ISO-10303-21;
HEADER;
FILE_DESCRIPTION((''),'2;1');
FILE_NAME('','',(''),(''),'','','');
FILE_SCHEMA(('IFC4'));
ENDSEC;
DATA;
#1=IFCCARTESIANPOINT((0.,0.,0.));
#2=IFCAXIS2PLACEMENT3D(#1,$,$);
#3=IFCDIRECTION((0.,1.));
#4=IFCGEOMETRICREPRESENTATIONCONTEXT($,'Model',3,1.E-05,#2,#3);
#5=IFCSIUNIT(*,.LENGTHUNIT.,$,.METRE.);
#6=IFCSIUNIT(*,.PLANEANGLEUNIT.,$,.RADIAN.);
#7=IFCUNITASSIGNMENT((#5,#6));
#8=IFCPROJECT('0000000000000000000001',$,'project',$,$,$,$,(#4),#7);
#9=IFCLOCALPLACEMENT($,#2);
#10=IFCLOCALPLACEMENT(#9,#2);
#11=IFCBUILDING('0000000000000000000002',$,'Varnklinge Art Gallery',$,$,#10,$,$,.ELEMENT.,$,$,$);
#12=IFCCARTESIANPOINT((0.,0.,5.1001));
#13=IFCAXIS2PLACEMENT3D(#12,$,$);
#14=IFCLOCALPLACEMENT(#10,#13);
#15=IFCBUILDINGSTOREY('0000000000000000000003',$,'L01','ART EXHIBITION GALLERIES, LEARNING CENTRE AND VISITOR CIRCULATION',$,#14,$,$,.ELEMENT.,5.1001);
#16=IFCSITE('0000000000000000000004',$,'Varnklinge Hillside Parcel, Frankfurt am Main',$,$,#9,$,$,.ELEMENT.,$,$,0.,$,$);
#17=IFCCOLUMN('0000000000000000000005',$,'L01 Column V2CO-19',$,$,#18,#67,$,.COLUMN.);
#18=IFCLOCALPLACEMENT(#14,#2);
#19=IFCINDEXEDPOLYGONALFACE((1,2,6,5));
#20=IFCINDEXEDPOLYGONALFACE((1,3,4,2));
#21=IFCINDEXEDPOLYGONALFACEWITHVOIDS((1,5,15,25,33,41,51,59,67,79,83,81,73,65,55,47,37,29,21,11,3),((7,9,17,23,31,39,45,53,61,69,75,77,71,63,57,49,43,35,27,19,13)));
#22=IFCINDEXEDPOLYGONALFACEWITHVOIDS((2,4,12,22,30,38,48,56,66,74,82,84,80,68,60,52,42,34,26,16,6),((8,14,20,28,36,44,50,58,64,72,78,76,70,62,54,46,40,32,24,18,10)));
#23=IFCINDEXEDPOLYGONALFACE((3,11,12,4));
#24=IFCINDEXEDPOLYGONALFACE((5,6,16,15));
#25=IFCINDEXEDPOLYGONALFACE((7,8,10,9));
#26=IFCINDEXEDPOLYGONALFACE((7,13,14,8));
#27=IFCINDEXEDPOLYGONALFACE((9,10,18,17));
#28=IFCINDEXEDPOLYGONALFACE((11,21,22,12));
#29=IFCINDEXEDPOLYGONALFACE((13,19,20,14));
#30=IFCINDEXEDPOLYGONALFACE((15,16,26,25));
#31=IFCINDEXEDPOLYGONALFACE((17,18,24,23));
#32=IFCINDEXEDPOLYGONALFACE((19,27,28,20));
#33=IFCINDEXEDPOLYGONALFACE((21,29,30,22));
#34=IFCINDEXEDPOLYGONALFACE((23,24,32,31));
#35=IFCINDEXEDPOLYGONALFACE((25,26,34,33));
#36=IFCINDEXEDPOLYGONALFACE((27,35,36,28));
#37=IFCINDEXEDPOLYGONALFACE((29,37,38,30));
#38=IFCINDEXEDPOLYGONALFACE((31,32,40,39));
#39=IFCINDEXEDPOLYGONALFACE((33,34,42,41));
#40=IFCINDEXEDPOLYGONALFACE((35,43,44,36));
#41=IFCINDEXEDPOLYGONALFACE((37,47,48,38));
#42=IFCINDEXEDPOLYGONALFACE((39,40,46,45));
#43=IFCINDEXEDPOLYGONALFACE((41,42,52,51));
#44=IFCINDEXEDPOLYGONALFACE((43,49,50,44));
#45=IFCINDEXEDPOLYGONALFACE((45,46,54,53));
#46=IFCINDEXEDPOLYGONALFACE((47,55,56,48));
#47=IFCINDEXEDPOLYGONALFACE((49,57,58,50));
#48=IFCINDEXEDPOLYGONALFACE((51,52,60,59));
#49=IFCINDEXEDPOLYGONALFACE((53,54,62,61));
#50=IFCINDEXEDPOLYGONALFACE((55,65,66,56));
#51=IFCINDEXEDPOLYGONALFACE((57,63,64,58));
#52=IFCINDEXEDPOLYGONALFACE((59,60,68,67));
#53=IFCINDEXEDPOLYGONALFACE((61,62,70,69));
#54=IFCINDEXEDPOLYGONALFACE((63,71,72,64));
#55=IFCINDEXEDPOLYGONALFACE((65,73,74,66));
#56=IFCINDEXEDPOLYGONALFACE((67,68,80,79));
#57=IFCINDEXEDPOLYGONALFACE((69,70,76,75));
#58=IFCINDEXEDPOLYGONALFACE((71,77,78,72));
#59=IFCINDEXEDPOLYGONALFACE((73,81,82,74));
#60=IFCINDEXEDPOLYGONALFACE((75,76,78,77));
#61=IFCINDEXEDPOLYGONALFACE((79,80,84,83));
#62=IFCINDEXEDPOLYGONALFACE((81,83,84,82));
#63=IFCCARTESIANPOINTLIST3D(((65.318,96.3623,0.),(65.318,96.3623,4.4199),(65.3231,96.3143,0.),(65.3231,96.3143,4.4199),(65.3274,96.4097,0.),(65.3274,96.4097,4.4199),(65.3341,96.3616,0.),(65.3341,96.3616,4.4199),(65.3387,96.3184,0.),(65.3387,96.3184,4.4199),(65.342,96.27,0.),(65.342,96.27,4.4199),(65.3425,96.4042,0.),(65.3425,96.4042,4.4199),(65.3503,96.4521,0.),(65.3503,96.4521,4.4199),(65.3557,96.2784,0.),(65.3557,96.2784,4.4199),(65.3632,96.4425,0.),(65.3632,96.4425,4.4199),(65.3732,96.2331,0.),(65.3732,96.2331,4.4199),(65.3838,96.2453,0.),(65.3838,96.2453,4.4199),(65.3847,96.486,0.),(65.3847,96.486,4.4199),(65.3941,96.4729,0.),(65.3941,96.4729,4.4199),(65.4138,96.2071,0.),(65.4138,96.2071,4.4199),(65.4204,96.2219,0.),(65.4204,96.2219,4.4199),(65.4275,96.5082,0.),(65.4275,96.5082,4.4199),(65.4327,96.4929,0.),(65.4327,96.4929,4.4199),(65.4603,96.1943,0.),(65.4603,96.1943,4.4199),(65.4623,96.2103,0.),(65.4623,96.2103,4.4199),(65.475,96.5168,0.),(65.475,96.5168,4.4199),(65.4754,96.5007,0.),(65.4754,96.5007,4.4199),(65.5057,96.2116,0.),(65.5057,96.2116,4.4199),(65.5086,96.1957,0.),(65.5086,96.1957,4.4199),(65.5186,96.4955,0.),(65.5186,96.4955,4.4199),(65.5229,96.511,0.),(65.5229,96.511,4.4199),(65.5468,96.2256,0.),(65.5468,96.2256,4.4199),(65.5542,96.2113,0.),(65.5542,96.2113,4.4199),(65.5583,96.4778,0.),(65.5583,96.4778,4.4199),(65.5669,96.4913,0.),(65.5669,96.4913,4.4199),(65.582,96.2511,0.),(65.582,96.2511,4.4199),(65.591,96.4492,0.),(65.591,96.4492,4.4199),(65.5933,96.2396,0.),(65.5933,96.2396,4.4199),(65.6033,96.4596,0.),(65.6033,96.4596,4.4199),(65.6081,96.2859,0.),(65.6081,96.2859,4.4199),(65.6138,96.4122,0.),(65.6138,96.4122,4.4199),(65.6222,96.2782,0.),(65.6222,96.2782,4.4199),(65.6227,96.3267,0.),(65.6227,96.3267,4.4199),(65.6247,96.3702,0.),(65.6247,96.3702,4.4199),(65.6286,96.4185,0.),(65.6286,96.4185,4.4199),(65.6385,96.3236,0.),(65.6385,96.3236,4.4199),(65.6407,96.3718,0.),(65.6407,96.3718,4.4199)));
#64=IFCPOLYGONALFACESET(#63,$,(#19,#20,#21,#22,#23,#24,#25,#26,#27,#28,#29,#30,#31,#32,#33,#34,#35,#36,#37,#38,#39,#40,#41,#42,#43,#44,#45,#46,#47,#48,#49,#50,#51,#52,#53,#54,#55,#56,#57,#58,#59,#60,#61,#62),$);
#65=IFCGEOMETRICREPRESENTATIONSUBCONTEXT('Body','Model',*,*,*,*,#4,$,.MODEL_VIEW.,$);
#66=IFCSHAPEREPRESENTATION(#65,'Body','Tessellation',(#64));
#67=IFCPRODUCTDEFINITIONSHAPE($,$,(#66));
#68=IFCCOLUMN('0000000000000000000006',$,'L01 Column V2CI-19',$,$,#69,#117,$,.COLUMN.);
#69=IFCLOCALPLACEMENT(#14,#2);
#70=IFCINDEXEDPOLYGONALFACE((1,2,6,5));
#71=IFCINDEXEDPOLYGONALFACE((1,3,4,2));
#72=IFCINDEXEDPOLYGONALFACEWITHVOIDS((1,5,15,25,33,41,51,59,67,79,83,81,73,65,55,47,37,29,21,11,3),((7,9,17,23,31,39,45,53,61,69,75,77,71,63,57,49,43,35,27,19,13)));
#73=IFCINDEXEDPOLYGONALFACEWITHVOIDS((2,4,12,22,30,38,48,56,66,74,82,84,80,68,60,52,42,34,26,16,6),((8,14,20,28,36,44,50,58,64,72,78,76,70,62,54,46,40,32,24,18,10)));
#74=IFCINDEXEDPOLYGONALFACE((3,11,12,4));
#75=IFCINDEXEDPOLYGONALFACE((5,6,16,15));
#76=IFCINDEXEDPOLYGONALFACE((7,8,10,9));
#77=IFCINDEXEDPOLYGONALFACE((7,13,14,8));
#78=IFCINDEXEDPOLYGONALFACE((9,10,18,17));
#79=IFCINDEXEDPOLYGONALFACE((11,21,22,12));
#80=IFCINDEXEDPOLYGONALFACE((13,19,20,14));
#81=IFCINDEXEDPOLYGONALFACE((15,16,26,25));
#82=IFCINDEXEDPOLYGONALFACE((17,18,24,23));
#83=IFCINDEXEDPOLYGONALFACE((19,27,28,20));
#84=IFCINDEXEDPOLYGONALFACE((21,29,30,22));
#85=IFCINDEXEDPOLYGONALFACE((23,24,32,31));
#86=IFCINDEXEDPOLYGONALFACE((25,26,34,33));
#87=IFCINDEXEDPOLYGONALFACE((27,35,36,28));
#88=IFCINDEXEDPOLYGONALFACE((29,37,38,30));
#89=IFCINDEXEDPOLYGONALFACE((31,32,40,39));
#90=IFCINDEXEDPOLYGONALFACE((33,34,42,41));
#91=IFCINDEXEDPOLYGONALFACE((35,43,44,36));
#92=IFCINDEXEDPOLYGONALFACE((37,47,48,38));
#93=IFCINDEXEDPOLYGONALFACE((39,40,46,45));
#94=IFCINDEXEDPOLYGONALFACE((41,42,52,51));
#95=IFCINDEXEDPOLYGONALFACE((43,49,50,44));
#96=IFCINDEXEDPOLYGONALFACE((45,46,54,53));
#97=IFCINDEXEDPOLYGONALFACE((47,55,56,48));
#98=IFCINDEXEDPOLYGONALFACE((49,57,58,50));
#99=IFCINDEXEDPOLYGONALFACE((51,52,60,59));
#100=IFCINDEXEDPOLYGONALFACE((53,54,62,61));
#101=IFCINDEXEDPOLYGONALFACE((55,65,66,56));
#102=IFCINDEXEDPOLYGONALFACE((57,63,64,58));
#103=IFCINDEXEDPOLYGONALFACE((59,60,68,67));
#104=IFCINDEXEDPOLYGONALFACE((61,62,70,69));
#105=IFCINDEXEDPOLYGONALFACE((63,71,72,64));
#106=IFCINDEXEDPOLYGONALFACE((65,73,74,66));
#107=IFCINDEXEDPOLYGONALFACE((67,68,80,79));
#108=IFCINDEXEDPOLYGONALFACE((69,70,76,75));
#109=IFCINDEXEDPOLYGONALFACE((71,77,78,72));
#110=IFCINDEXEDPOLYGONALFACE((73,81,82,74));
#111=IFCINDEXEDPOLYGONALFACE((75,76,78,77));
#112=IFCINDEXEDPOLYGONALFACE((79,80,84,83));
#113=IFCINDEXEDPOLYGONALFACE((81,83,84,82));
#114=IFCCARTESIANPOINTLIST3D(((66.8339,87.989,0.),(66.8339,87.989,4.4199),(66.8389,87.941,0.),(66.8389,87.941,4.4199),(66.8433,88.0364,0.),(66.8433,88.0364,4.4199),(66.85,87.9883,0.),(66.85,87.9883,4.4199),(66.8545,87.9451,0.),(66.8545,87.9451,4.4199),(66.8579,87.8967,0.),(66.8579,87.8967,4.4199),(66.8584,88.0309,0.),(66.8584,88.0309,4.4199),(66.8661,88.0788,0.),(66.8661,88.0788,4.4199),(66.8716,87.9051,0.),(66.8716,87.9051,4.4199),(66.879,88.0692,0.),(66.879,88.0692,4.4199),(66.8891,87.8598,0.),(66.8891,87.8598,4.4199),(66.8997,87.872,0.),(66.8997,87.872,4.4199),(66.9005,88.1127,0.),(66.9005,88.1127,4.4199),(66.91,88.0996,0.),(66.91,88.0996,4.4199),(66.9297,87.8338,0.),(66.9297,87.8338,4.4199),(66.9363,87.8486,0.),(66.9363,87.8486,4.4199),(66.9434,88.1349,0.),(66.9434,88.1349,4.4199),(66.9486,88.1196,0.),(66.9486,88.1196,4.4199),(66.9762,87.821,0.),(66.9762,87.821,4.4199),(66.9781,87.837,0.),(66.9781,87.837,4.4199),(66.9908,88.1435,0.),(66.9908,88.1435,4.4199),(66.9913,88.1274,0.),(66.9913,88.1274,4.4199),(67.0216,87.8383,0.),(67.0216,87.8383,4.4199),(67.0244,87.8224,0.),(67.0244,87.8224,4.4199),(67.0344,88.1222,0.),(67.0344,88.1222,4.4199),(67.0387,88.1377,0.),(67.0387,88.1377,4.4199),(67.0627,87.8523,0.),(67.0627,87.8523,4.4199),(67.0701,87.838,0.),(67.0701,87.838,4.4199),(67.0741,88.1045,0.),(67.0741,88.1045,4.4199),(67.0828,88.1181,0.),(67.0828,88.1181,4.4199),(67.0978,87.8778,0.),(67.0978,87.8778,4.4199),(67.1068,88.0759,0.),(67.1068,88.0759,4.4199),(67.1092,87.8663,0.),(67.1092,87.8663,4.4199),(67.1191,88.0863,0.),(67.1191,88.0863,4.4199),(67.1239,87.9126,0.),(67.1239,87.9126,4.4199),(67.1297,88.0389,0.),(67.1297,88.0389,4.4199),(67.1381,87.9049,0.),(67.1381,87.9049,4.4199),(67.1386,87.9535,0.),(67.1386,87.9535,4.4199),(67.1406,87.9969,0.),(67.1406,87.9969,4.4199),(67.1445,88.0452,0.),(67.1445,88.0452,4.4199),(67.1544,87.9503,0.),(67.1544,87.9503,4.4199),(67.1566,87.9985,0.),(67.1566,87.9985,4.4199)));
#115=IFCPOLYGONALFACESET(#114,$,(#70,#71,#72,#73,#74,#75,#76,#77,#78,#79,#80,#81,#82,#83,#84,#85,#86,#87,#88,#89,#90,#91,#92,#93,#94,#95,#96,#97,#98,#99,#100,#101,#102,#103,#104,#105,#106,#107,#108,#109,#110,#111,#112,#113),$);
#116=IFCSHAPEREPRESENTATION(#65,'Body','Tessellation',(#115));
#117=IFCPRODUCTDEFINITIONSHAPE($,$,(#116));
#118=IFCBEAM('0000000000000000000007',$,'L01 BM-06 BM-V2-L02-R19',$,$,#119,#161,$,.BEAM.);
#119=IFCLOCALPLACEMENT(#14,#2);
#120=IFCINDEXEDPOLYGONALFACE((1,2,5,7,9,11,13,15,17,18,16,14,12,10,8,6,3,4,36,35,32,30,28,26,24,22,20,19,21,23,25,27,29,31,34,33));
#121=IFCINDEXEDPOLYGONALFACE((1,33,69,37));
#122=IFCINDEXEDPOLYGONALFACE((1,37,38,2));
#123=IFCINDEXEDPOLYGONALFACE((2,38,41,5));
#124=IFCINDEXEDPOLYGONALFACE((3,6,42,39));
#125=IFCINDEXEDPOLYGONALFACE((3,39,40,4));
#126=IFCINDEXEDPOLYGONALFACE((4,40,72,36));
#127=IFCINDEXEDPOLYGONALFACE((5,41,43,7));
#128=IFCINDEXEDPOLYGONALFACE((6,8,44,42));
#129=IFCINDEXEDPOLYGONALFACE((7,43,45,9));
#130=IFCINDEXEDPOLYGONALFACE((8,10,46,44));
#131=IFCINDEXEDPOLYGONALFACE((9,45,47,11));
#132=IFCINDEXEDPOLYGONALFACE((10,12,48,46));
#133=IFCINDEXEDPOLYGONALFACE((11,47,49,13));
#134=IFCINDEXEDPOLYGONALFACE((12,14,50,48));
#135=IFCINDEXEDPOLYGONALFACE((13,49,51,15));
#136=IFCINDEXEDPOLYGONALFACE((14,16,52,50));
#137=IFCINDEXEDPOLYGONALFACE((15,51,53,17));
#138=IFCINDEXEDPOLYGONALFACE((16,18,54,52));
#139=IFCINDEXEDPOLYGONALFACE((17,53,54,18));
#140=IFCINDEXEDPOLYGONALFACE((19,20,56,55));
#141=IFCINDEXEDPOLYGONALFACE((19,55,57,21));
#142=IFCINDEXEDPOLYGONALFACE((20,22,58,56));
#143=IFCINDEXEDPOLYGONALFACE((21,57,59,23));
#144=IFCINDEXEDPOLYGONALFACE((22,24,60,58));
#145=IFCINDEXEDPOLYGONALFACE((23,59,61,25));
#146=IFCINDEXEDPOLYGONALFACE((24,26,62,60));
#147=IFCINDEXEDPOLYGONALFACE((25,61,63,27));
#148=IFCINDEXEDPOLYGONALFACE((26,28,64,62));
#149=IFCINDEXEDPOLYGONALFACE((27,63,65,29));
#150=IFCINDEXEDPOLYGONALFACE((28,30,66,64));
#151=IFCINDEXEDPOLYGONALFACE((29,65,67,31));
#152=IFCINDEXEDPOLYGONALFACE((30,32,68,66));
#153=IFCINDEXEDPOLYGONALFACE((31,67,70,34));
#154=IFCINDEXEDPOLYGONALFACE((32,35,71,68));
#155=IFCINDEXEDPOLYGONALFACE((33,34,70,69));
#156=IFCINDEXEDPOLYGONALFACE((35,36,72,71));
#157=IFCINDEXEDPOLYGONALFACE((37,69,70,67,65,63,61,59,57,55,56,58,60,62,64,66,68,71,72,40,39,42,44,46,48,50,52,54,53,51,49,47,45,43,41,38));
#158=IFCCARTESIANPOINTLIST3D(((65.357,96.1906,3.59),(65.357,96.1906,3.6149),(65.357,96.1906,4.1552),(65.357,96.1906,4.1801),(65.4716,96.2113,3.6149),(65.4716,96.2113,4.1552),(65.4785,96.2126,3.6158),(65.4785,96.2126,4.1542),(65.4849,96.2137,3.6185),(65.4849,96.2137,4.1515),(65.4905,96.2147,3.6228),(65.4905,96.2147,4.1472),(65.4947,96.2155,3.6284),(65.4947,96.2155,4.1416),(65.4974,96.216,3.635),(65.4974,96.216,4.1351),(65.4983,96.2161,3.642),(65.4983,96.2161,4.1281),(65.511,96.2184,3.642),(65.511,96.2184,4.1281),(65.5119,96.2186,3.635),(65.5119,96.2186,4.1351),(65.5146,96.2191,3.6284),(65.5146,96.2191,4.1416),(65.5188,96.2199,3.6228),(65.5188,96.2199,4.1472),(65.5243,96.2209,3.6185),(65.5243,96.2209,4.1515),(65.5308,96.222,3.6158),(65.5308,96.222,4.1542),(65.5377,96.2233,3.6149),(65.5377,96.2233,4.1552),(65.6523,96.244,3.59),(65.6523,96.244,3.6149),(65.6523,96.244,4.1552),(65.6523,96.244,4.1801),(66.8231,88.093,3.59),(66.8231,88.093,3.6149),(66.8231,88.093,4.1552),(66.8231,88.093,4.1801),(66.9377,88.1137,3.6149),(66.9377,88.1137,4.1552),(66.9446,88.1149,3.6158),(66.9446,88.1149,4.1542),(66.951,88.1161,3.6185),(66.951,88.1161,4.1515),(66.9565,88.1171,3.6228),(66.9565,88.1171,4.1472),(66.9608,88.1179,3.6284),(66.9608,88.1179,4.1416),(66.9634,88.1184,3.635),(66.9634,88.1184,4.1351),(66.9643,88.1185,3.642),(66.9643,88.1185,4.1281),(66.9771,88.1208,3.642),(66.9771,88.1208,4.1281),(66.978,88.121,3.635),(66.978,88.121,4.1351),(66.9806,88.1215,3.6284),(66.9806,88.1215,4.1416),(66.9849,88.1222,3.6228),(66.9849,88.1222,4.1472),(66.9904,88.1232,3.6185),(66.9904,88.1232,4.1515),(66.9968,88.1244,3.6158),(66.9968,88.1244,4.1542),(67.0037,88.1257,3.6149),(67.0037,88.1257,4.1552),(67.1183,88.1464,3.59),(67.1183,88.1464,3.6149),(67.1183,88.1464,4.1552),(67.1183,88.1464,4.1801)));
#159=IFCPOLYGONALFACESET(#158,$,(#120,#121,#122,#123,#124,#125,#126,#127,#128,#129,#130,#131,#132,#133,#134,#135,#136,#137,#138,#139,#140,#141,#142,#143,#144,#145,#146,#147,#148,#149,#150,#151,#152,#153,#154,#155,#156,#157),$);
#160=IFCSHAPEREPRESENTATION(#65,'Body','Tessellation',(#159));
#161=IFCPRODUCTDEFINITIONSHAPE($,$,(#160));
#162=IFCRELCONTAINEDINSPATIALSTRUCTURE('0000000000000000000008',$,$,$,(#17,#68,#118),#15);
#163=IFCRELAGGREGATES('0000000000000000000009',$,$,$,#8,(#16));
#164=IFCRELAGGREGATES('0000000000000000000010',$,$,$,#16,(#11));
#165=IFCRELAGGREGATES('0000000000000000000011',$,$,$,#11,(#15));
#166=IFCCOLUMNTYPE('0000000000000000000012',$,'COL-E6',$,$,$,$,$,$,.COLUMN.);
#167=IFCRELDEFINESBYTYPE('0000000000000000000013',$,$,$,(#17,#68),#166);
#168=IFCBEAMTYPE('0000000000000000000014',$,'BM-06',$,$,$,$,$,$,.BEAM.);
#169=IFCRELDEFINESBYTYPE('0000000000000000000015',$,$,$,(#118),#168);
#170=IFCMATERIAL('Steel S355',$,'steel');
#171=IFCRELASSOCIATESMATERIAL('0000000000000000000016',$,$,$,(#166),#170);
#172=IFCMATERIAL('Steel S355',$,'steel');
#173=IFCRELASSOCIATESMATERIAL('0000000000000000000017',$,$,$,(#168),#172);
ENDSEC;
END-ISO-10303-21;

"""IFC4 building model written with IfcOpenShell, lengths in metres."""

from ifc_helpers import new_model, si_unit, direction, frame, origin, origin_2d, place, context, subcontext, project, spatial, hollow_circle, i_section, extrude, material, material_profile, profile_set, type_object, element, save


model = new_model("IFC4")

# Units and contexts
model_context = context("Model", 3, precision=1e-05, world=origin(), true_north=direction((0.0, 1.0)))
body_context = subcontext(model_context, "Body", "Model", "MODEL_VIEW")
ifc_project = project(units=[si_unit("LENGTHUNIT", "METRE"), si_unit("PLANEANGLEUNIT", "RADIAN")], contexts=[model_context])

# Site, building, storey
site_placement = place(None, origin())
site = spatial("IfcSite", under=ifc_project, at=site_placement, Name="Varnklinge Hillside Parcel, Frankfurt am Main", CompositionType="ELEMENT", RefElevation=0.0)
building_placement = place(site_placement, origin())
building = spatial("IfcBuilding", under=site, at=building_placement, Name="Varnklinge Art Gallery", CompositionType="ELEMENT")
storey_placement = place(building_placement, frame((0.0, 0.0, 5.1001)))
storey = spatial("IfcBuildingStorey", under=building, at=storey_placement, Name="L01", Description="ART EXHIBITION GALLERIES, LEARNING CENTRE AND VISITOR CIRCULATION", CompositionType="ELEMENT", Elevation=5.1001)

# Columns
ifc_material_1 = material(Name="Steel S355", Category="steel")
ifc_material_profile_1 = material_profile(ifc_material_1, hollow_circle(Radius=0.1619, WallThickness=0.0161, at=origin_2d()), Name="CHS 323.9x16")
ifc_profile_set_1 = profile_set([ifc_material_profile_1], Name="Steel S355")
column_type = type_object("IfcColumnType", Name="COL-E6", PredefinedType="COLUMN", material=ifc_profile_set_1)
for number, where, z_axis, x_axis, name in (
    (1, (65.4797, 96.355, 0.0), (0.0, 0.0, 1.0), (0.178115, -0.98401, 0.0), "L01 Column V2CO-19"),
    (2, (66.9956, 87.9817, 0.0), (0.0, 0.0, 1.0), (0.178115, -0.98401, 0.0), "L01 Column V2CI-19"),
):
    element("IfcColumn", number, at=place(storey_placement, frame(where, z_axis=z_axis, x_axis=x_axis)), inside=storey, type_object=column_type, Name=name, PredefinedType="COLUMN", context=body_context, shape_type="SweptSolid", body=[
        extrude(hollow_circle(Radius=0.1619, WallThickness=0.0161, at=origin_2d()), origin(), (0.0, 0.0, 1.0), 4.4199),
    ])

# Beam
ifc_material_2 = material(Name="Steel S355", Category="steel")
ifc_material_profile_2 = material_profile(ifc_material_2, i_section(OverallWidth=0.3, OverallDepth=0.5901, WebThickness=0.0129, FlangeThickness=0.0249, FilletRadius=0.0271, at=origin_2d()), Name="HEA 600")
ifc_profile_set_2 = profile_set([ifc_material_profile_2], Name="Steel S355")
beam_type_1 = type_object("IfcBeamType", Name="BM-06", PredefinedType="BEAM", material=ifc_profile_set_2)
beam_1_placement = place(storey_placement, frame((65.5046, 96.2173, 3.885), z_axis=(0.178152, -0.984003, 0.0), x_axis=(0.984003, 0.178152, 0.0)))
element("IfcBeam", 3, at=beam_1_placement, inside=storey, type_object=beam_type_1, Name="L01 BM-06 BM-V2-L02-R19", PredefinedType="BEAM", context=body_context, shape_type="SweptSolid", body=[
    extrude(i_section(OverallWidth=0.3, OverallDepth=0.5901, WebThickness=0.0129, FlangeThickness=0.0249, FilletRadius=0.0271, at=origin_2d()), origin(), (0.0, 0.0, 1.0), 8.2292),
])

save(model, "model.ifc")
